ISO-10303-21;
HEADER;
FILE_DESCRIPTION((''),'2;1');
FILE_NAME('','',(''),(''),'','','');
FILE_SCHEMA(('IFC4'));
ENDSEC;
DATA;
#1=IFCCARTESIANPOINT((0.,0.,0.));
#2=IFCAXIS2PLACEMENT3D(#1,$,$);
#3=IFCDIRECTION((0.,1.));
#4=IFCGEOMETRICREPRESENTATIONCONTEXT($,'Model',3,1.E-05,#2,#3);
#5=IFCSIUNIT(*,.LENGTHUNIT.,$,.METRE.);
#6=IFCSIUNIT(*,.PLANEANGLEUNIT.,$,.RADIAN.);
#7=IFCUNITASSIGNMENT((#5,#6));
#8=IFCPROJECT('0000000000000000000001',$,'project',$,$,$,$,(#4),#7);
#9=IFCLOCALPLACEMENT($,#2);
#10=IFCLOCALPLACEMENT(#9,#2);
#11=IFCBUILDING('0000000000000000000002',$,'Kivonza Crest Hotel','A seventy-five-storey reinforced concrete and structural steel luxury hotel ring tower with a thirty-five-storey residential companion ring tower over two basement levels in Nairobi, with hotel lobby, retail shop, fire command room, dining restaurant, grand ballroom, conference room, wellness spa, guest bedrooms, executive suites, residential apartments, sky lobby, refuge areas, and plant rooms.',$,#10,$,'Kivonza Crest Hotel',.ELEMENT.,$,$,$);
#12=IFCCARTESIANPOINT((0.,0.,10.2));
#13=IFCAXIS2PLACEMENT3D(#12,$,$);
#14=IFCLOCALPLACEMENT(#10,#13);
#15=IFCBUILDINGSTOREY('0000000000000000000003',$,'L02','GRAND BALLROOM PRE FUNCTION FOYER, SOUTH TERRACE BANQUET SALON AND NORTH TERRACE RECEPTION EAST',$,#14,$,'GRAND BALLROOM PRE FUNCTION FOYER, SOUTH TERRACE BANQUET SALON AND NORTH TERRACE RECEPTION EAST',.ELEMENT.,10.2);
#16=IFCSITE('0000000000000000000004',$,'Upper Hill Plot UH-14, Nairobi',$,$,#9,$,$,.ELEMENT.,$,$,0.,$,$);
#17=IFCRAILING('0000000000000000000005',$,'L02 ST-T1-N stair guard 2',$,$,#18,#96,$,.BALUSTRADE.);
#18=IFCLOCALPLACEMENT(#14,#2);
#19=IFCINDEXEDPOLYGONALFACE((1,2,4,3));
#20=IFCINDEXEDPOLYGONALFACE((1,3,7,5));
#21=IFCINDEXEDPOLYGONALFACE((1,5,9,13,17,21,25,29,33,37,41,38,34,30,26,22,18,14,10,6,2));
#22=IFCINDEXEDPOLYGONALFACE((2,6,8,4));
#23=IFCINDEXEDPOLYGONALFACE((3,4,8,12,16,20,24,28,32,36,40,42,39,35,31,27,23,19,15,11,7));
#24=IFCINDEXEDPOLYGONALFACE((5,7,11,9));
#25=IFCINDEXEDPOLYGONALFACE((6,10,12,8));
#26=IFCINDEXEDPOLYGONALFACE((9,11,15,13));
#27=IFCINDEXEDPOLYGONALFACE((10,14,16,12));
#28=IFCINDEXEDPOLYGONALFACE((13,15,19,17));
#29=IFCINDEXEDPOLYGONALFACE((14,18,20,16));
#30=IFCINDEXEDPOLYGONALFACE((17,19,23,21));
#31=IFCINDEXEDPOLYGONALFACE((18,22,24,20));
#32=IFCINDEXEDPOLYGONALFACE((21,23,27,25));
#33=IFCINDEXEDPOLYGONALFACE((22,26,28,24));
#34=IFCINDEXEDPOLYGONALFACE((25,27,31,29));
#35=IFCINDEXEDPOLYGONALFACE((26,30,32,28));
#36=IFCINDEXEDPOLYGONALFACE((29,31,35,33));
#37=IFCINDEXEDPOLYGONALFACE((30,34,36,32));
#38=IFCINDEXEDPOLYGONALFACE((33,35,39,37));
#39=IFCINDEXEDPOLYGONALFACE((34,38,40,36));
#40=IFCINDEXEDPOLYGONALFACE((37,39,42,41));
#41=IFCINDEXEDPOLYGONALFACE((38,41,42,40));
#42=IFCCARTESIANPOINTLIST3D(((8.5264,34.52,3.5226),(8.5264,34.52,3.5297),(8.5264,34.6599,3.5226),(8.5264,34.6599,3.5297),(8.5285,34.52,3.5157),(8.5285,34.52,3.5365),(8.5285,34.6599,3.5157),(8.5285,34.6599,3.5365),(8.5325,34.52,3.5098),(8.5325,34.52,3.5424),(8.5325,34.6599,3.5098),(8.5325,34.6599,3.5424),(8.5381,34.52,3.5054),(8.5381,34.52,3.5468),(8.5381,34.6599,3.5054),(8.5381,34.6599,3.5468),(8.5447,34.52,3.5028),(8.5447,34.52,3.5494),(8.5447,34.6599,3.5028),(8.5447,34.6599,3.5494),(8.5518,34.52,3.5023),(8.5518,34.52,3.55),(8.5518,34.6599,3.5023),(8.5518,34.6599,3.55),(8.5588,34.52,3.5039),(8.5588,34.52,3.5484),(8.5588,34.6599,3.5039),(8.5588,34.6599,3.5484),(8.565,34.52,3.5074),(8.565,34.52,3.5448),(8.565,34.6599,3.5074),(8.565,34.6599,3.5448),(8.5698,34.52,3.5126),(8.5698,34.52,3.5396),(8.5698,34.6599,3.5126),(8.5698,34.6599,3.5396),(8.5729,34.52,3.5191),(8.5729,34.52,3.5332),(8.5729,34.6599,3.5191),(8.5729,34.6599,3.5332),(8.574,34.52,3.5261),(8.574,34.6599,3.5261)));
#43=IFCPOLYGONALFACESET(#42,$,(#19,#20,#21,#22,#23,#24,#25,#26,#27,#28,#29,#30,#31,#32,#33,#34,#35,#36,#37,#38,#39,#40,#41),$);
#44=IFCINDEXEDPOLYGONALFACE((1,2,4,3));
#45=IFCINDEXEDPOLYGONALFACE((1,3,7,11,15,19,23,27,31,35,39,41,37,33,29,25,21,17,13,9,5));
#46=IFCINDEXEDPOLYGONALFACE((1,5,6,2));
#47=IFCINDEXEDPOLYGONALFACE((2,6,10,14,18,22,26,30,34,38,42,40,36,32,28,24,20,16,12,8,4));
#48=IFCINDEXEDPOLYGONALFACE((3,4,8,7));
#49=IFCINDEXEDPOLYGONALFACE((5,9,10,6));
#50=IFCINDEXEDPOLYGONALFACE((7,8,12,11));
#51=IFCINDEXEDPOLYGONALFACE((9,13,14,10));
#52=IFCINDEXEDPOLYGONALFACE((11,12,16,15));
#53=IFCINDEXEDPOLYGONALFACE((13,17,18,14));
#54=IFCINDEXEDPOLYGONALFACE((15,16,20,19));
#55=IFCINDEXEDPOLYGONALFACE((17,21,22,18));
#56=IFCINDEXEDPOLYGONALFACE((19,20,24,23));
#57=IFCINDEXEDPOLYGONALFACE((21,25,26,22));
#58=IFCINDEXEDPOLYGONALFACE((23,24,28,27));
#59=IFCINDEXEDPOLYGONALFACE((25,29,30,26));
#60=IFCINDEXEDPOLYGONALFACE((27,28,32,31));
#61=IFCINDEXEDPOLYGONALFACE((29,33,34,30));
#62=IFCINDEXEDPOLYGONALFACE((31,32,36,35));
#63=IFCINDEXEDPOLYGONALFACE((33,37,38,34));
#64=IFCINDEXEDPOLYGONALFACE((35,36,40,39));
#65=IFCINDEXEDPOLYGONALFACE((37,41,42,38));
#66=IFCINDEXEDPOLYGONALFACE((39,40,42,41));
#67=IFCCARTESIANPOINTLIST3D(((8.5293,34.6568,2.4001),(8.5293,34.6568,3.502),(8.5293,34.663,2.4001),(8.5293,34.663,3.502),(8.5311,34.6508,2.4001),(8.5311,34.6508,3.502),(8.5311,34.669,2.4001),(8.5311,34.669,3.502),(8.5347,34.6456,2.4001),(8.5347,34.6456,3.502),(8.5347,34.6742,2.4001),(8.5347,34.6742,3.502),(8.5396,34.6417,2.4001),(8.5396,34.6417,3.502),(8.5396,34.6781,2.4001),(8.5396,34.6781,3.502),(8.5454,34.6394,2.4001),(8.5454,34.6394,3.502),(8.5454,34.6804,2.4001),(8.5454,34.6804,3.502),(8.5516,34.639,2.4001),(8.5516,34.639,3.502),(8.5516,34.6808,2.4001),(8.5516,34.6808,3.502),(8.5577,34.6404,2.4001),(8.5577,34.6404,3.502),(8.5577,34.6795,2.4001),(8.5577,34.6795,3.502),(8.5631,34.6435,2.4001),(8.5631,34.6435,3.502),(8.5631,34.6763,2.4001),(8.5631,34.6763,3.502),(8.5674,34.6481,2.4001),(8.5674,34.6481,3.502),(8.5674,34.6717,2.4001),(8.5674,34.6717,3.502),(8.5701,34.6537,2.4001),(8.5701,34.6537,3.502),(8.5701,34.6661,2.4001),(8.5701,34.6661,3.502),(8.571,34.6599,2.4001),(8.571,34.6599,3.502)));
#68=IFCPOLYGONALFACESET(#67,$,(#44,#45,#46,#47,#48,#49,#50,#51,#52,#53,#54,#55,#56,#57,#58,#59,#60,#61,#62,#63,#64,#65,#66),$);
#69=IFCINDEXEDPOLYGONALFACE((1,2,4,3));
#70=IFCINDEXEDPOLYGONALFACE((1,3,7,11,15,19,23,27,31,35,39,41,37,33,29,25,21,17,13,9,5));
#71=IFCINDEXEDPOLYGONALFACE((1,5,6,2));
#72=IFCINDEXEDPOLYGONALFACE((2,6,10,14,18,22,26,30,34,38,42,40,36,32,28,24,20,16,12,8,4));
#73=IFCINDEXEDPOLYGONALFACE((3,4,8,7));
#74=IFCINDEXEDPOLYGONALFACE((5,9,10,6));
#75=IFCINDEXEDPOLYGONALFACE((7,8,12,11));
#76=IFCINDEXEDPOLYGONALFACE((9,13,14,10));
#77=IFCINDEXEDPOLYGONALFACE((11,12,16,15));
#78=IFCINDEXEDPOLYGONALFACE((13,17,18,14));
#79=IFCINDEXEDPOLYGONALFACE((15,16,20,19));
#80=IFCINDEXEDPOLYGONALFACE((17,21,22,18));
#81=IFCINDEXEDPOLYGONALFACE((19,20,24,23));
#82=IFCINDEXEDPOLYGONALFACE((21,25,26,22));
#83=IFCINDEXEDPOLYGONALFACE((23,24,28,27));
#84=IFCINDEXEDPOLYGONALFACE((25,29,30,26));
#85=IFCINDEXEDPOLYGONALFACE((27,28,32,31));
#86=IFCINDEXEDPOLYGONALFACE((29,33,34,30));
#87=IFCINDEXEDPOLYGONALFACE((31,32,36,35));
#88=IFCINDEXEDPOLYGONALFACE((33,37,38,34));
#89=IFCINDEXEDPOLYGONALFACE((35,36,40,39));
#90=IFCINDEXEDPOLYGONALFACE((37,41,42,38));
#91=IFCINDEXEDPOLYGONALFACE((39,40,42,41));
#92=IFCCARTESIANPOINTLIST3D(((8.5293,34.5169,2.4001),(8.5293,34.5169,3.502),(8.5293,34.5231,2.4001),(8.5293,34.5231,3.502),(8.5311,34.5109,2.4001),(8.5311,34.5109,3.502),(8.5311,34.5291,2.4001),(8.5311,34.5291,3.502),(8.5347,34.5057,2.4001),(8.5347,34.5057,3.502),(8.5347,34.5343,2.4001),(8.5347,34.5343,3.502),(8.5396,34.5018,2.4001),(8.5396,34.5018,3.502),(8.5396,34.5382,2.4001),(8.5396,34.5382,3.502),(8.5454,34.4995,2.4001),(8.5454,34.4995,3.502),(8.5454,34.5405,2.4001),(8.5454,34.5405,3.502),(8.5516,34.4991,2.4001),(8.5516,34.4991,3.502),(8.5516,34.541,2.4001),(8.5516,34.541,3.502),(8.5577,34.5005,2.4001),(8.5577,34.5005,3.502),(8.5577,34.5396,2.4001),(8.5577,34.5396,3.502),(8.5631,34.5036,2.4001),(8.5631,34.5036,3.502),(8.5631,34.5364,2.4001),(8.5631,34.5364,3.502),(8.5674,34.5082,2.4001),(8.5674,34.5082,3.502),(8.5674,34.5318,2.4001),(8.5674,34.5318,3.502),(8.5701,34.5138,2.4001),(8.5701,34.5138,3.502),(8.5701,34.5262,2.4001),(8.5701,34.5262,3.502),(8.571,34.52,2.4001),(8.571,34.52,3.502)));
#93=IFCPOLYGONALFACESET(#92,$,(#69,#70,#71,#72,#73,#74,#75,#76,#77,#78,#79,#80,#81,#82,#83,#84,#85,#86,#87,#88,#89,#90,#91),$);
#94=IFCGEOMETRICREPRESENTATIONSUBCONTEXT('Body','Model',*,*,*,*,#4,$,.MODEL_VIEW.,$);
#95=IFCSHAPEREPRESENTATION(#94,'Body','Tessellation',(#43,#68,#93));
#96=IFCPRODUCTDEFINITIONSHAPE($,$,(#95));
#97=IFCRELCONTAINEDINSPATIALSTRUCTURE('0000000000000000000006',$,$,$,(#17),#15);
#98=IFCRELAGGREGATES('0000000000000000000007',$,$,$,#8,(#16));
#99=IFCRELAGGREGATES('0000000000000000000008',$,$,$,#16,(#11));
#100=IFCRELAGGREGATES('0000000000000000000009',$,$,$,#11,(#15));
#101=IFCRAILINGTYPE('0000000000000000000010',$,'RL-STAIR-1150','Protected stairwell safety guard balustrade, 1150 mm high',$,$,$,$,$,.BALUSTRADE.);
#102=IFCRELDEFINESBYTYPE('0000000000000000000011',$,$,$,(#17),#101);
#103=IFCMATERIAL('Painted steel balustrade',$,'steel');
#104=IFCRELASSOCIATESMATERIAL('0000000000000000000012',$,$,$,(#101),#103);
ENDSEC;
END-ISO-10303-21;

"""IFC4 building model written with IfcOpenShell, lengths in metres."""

from ifc_helpers import new_model, si_unit, direction, frame, origin, origin_2d, place, context, subcontext, project, spatial, circle, extrude, material, type_object, element, save


model = new_model("IFC4")

# Units and contexts
model_context = context("Model", 3, precision=1e-05, world=origin(), true_north=direction((0.0, 1.0)))
body_context = subcontext(model_context, "Body", "Model", "MODEL_VIEW")
ifc_project = project(units=[si_unit("LENGTHUNIT", "METRE"), si_unit("PLANEANGLEUNIT", "RADIAN")], contexts=[model_context])

# Site, building, storey
site_placement = place(None, origin())
site = spatial("IfcSite", under=ifc_project, at=site_placement, Name="Upper Hill Plot UH-14, Nairobi", CompositionType="ELEMENT", RefElevation=0.0)
building_placement = place(site_placement, origin())
building = spatial("IfcBuilding", under=site, at=building_placement, Name="Kivonza Crest Hotel", Description="A seventy-five-storey reinforced concrete and structural steel luxury hotel ring tower with a thirty-five-storey residential companion ring tower over two basement levels in Nairobi, with hotel lobby, retail shop, fire command room, dining restaurant, grand ballroom, conference room, wellness spa, guest bedrooms, executive suites, residential apartments, sky lobby, refuge areas, and plant rooms.", LongName="Kivonza Crest Hotel", CompositionType="ELEMENT")
storey_placement = place(building_placement, frame((0.0, 0.0, 10.2)))
storey = spatial("IfcBuildingStorey", under=building, at=storey_placement, Name="L02", Description="GRAND BALLROOM PRE FUNCTION FOYER, SOUTH TERRACE BANQUET SALON AND NORTH TERRACE RECEPTION EAST", LongName="GRAND BALLROOM PRE FUNCTION FOYER, SOUTH TERRACE BANQUET SALON AND NORTH TERRACE RECEPTION EAST", CompositionType="ELEMENT", Elevation=10.2)

# Railing
ifc_material_1 = material(Name="Painted steel balustrade", Category="steel")
railing_type_1 = type_object("IfcRailingType", Name="RL-STAIR-1150", Description="Protected stairwell safety guard balustrade, 1150 mm high", PredefinedType="BALUSTRADE", material=ifc_material_1)
railing_1_placement = place(storey_placement, frame((8.55, 34.6599, 2.4001)))
element("IfcRailing", 1, at=railing_1_placement, inside=storey, type_object=railing_type_1, Name="L02 ST-T1-N stair guard 2", PredefinedType="BALUSTRADE", context=body_context, shape_type="SweptSolid", body=[
    extrude(circle(Radius=0.0239, at=origin_2d()), frame((0.0, 0.0, 1.126), z_axis=(0.0, -1.0, 0.0), x_axis=(1.0, 0.0, 0.0)), (0.0, 0.0, 1.0), 0.1399),
    extrude(circle(Radius=0.021, at=origin_2d()), origin(), (0.0, 0.0, 1.0), 1.1018),
    extrude(circle(Radius=0.021, at=origin_2d()), frame((0.0, -0.1399, 0.0)), (0.0, 0.0, 1.0), 1.1018),
])

save(model, "model.ifc")
